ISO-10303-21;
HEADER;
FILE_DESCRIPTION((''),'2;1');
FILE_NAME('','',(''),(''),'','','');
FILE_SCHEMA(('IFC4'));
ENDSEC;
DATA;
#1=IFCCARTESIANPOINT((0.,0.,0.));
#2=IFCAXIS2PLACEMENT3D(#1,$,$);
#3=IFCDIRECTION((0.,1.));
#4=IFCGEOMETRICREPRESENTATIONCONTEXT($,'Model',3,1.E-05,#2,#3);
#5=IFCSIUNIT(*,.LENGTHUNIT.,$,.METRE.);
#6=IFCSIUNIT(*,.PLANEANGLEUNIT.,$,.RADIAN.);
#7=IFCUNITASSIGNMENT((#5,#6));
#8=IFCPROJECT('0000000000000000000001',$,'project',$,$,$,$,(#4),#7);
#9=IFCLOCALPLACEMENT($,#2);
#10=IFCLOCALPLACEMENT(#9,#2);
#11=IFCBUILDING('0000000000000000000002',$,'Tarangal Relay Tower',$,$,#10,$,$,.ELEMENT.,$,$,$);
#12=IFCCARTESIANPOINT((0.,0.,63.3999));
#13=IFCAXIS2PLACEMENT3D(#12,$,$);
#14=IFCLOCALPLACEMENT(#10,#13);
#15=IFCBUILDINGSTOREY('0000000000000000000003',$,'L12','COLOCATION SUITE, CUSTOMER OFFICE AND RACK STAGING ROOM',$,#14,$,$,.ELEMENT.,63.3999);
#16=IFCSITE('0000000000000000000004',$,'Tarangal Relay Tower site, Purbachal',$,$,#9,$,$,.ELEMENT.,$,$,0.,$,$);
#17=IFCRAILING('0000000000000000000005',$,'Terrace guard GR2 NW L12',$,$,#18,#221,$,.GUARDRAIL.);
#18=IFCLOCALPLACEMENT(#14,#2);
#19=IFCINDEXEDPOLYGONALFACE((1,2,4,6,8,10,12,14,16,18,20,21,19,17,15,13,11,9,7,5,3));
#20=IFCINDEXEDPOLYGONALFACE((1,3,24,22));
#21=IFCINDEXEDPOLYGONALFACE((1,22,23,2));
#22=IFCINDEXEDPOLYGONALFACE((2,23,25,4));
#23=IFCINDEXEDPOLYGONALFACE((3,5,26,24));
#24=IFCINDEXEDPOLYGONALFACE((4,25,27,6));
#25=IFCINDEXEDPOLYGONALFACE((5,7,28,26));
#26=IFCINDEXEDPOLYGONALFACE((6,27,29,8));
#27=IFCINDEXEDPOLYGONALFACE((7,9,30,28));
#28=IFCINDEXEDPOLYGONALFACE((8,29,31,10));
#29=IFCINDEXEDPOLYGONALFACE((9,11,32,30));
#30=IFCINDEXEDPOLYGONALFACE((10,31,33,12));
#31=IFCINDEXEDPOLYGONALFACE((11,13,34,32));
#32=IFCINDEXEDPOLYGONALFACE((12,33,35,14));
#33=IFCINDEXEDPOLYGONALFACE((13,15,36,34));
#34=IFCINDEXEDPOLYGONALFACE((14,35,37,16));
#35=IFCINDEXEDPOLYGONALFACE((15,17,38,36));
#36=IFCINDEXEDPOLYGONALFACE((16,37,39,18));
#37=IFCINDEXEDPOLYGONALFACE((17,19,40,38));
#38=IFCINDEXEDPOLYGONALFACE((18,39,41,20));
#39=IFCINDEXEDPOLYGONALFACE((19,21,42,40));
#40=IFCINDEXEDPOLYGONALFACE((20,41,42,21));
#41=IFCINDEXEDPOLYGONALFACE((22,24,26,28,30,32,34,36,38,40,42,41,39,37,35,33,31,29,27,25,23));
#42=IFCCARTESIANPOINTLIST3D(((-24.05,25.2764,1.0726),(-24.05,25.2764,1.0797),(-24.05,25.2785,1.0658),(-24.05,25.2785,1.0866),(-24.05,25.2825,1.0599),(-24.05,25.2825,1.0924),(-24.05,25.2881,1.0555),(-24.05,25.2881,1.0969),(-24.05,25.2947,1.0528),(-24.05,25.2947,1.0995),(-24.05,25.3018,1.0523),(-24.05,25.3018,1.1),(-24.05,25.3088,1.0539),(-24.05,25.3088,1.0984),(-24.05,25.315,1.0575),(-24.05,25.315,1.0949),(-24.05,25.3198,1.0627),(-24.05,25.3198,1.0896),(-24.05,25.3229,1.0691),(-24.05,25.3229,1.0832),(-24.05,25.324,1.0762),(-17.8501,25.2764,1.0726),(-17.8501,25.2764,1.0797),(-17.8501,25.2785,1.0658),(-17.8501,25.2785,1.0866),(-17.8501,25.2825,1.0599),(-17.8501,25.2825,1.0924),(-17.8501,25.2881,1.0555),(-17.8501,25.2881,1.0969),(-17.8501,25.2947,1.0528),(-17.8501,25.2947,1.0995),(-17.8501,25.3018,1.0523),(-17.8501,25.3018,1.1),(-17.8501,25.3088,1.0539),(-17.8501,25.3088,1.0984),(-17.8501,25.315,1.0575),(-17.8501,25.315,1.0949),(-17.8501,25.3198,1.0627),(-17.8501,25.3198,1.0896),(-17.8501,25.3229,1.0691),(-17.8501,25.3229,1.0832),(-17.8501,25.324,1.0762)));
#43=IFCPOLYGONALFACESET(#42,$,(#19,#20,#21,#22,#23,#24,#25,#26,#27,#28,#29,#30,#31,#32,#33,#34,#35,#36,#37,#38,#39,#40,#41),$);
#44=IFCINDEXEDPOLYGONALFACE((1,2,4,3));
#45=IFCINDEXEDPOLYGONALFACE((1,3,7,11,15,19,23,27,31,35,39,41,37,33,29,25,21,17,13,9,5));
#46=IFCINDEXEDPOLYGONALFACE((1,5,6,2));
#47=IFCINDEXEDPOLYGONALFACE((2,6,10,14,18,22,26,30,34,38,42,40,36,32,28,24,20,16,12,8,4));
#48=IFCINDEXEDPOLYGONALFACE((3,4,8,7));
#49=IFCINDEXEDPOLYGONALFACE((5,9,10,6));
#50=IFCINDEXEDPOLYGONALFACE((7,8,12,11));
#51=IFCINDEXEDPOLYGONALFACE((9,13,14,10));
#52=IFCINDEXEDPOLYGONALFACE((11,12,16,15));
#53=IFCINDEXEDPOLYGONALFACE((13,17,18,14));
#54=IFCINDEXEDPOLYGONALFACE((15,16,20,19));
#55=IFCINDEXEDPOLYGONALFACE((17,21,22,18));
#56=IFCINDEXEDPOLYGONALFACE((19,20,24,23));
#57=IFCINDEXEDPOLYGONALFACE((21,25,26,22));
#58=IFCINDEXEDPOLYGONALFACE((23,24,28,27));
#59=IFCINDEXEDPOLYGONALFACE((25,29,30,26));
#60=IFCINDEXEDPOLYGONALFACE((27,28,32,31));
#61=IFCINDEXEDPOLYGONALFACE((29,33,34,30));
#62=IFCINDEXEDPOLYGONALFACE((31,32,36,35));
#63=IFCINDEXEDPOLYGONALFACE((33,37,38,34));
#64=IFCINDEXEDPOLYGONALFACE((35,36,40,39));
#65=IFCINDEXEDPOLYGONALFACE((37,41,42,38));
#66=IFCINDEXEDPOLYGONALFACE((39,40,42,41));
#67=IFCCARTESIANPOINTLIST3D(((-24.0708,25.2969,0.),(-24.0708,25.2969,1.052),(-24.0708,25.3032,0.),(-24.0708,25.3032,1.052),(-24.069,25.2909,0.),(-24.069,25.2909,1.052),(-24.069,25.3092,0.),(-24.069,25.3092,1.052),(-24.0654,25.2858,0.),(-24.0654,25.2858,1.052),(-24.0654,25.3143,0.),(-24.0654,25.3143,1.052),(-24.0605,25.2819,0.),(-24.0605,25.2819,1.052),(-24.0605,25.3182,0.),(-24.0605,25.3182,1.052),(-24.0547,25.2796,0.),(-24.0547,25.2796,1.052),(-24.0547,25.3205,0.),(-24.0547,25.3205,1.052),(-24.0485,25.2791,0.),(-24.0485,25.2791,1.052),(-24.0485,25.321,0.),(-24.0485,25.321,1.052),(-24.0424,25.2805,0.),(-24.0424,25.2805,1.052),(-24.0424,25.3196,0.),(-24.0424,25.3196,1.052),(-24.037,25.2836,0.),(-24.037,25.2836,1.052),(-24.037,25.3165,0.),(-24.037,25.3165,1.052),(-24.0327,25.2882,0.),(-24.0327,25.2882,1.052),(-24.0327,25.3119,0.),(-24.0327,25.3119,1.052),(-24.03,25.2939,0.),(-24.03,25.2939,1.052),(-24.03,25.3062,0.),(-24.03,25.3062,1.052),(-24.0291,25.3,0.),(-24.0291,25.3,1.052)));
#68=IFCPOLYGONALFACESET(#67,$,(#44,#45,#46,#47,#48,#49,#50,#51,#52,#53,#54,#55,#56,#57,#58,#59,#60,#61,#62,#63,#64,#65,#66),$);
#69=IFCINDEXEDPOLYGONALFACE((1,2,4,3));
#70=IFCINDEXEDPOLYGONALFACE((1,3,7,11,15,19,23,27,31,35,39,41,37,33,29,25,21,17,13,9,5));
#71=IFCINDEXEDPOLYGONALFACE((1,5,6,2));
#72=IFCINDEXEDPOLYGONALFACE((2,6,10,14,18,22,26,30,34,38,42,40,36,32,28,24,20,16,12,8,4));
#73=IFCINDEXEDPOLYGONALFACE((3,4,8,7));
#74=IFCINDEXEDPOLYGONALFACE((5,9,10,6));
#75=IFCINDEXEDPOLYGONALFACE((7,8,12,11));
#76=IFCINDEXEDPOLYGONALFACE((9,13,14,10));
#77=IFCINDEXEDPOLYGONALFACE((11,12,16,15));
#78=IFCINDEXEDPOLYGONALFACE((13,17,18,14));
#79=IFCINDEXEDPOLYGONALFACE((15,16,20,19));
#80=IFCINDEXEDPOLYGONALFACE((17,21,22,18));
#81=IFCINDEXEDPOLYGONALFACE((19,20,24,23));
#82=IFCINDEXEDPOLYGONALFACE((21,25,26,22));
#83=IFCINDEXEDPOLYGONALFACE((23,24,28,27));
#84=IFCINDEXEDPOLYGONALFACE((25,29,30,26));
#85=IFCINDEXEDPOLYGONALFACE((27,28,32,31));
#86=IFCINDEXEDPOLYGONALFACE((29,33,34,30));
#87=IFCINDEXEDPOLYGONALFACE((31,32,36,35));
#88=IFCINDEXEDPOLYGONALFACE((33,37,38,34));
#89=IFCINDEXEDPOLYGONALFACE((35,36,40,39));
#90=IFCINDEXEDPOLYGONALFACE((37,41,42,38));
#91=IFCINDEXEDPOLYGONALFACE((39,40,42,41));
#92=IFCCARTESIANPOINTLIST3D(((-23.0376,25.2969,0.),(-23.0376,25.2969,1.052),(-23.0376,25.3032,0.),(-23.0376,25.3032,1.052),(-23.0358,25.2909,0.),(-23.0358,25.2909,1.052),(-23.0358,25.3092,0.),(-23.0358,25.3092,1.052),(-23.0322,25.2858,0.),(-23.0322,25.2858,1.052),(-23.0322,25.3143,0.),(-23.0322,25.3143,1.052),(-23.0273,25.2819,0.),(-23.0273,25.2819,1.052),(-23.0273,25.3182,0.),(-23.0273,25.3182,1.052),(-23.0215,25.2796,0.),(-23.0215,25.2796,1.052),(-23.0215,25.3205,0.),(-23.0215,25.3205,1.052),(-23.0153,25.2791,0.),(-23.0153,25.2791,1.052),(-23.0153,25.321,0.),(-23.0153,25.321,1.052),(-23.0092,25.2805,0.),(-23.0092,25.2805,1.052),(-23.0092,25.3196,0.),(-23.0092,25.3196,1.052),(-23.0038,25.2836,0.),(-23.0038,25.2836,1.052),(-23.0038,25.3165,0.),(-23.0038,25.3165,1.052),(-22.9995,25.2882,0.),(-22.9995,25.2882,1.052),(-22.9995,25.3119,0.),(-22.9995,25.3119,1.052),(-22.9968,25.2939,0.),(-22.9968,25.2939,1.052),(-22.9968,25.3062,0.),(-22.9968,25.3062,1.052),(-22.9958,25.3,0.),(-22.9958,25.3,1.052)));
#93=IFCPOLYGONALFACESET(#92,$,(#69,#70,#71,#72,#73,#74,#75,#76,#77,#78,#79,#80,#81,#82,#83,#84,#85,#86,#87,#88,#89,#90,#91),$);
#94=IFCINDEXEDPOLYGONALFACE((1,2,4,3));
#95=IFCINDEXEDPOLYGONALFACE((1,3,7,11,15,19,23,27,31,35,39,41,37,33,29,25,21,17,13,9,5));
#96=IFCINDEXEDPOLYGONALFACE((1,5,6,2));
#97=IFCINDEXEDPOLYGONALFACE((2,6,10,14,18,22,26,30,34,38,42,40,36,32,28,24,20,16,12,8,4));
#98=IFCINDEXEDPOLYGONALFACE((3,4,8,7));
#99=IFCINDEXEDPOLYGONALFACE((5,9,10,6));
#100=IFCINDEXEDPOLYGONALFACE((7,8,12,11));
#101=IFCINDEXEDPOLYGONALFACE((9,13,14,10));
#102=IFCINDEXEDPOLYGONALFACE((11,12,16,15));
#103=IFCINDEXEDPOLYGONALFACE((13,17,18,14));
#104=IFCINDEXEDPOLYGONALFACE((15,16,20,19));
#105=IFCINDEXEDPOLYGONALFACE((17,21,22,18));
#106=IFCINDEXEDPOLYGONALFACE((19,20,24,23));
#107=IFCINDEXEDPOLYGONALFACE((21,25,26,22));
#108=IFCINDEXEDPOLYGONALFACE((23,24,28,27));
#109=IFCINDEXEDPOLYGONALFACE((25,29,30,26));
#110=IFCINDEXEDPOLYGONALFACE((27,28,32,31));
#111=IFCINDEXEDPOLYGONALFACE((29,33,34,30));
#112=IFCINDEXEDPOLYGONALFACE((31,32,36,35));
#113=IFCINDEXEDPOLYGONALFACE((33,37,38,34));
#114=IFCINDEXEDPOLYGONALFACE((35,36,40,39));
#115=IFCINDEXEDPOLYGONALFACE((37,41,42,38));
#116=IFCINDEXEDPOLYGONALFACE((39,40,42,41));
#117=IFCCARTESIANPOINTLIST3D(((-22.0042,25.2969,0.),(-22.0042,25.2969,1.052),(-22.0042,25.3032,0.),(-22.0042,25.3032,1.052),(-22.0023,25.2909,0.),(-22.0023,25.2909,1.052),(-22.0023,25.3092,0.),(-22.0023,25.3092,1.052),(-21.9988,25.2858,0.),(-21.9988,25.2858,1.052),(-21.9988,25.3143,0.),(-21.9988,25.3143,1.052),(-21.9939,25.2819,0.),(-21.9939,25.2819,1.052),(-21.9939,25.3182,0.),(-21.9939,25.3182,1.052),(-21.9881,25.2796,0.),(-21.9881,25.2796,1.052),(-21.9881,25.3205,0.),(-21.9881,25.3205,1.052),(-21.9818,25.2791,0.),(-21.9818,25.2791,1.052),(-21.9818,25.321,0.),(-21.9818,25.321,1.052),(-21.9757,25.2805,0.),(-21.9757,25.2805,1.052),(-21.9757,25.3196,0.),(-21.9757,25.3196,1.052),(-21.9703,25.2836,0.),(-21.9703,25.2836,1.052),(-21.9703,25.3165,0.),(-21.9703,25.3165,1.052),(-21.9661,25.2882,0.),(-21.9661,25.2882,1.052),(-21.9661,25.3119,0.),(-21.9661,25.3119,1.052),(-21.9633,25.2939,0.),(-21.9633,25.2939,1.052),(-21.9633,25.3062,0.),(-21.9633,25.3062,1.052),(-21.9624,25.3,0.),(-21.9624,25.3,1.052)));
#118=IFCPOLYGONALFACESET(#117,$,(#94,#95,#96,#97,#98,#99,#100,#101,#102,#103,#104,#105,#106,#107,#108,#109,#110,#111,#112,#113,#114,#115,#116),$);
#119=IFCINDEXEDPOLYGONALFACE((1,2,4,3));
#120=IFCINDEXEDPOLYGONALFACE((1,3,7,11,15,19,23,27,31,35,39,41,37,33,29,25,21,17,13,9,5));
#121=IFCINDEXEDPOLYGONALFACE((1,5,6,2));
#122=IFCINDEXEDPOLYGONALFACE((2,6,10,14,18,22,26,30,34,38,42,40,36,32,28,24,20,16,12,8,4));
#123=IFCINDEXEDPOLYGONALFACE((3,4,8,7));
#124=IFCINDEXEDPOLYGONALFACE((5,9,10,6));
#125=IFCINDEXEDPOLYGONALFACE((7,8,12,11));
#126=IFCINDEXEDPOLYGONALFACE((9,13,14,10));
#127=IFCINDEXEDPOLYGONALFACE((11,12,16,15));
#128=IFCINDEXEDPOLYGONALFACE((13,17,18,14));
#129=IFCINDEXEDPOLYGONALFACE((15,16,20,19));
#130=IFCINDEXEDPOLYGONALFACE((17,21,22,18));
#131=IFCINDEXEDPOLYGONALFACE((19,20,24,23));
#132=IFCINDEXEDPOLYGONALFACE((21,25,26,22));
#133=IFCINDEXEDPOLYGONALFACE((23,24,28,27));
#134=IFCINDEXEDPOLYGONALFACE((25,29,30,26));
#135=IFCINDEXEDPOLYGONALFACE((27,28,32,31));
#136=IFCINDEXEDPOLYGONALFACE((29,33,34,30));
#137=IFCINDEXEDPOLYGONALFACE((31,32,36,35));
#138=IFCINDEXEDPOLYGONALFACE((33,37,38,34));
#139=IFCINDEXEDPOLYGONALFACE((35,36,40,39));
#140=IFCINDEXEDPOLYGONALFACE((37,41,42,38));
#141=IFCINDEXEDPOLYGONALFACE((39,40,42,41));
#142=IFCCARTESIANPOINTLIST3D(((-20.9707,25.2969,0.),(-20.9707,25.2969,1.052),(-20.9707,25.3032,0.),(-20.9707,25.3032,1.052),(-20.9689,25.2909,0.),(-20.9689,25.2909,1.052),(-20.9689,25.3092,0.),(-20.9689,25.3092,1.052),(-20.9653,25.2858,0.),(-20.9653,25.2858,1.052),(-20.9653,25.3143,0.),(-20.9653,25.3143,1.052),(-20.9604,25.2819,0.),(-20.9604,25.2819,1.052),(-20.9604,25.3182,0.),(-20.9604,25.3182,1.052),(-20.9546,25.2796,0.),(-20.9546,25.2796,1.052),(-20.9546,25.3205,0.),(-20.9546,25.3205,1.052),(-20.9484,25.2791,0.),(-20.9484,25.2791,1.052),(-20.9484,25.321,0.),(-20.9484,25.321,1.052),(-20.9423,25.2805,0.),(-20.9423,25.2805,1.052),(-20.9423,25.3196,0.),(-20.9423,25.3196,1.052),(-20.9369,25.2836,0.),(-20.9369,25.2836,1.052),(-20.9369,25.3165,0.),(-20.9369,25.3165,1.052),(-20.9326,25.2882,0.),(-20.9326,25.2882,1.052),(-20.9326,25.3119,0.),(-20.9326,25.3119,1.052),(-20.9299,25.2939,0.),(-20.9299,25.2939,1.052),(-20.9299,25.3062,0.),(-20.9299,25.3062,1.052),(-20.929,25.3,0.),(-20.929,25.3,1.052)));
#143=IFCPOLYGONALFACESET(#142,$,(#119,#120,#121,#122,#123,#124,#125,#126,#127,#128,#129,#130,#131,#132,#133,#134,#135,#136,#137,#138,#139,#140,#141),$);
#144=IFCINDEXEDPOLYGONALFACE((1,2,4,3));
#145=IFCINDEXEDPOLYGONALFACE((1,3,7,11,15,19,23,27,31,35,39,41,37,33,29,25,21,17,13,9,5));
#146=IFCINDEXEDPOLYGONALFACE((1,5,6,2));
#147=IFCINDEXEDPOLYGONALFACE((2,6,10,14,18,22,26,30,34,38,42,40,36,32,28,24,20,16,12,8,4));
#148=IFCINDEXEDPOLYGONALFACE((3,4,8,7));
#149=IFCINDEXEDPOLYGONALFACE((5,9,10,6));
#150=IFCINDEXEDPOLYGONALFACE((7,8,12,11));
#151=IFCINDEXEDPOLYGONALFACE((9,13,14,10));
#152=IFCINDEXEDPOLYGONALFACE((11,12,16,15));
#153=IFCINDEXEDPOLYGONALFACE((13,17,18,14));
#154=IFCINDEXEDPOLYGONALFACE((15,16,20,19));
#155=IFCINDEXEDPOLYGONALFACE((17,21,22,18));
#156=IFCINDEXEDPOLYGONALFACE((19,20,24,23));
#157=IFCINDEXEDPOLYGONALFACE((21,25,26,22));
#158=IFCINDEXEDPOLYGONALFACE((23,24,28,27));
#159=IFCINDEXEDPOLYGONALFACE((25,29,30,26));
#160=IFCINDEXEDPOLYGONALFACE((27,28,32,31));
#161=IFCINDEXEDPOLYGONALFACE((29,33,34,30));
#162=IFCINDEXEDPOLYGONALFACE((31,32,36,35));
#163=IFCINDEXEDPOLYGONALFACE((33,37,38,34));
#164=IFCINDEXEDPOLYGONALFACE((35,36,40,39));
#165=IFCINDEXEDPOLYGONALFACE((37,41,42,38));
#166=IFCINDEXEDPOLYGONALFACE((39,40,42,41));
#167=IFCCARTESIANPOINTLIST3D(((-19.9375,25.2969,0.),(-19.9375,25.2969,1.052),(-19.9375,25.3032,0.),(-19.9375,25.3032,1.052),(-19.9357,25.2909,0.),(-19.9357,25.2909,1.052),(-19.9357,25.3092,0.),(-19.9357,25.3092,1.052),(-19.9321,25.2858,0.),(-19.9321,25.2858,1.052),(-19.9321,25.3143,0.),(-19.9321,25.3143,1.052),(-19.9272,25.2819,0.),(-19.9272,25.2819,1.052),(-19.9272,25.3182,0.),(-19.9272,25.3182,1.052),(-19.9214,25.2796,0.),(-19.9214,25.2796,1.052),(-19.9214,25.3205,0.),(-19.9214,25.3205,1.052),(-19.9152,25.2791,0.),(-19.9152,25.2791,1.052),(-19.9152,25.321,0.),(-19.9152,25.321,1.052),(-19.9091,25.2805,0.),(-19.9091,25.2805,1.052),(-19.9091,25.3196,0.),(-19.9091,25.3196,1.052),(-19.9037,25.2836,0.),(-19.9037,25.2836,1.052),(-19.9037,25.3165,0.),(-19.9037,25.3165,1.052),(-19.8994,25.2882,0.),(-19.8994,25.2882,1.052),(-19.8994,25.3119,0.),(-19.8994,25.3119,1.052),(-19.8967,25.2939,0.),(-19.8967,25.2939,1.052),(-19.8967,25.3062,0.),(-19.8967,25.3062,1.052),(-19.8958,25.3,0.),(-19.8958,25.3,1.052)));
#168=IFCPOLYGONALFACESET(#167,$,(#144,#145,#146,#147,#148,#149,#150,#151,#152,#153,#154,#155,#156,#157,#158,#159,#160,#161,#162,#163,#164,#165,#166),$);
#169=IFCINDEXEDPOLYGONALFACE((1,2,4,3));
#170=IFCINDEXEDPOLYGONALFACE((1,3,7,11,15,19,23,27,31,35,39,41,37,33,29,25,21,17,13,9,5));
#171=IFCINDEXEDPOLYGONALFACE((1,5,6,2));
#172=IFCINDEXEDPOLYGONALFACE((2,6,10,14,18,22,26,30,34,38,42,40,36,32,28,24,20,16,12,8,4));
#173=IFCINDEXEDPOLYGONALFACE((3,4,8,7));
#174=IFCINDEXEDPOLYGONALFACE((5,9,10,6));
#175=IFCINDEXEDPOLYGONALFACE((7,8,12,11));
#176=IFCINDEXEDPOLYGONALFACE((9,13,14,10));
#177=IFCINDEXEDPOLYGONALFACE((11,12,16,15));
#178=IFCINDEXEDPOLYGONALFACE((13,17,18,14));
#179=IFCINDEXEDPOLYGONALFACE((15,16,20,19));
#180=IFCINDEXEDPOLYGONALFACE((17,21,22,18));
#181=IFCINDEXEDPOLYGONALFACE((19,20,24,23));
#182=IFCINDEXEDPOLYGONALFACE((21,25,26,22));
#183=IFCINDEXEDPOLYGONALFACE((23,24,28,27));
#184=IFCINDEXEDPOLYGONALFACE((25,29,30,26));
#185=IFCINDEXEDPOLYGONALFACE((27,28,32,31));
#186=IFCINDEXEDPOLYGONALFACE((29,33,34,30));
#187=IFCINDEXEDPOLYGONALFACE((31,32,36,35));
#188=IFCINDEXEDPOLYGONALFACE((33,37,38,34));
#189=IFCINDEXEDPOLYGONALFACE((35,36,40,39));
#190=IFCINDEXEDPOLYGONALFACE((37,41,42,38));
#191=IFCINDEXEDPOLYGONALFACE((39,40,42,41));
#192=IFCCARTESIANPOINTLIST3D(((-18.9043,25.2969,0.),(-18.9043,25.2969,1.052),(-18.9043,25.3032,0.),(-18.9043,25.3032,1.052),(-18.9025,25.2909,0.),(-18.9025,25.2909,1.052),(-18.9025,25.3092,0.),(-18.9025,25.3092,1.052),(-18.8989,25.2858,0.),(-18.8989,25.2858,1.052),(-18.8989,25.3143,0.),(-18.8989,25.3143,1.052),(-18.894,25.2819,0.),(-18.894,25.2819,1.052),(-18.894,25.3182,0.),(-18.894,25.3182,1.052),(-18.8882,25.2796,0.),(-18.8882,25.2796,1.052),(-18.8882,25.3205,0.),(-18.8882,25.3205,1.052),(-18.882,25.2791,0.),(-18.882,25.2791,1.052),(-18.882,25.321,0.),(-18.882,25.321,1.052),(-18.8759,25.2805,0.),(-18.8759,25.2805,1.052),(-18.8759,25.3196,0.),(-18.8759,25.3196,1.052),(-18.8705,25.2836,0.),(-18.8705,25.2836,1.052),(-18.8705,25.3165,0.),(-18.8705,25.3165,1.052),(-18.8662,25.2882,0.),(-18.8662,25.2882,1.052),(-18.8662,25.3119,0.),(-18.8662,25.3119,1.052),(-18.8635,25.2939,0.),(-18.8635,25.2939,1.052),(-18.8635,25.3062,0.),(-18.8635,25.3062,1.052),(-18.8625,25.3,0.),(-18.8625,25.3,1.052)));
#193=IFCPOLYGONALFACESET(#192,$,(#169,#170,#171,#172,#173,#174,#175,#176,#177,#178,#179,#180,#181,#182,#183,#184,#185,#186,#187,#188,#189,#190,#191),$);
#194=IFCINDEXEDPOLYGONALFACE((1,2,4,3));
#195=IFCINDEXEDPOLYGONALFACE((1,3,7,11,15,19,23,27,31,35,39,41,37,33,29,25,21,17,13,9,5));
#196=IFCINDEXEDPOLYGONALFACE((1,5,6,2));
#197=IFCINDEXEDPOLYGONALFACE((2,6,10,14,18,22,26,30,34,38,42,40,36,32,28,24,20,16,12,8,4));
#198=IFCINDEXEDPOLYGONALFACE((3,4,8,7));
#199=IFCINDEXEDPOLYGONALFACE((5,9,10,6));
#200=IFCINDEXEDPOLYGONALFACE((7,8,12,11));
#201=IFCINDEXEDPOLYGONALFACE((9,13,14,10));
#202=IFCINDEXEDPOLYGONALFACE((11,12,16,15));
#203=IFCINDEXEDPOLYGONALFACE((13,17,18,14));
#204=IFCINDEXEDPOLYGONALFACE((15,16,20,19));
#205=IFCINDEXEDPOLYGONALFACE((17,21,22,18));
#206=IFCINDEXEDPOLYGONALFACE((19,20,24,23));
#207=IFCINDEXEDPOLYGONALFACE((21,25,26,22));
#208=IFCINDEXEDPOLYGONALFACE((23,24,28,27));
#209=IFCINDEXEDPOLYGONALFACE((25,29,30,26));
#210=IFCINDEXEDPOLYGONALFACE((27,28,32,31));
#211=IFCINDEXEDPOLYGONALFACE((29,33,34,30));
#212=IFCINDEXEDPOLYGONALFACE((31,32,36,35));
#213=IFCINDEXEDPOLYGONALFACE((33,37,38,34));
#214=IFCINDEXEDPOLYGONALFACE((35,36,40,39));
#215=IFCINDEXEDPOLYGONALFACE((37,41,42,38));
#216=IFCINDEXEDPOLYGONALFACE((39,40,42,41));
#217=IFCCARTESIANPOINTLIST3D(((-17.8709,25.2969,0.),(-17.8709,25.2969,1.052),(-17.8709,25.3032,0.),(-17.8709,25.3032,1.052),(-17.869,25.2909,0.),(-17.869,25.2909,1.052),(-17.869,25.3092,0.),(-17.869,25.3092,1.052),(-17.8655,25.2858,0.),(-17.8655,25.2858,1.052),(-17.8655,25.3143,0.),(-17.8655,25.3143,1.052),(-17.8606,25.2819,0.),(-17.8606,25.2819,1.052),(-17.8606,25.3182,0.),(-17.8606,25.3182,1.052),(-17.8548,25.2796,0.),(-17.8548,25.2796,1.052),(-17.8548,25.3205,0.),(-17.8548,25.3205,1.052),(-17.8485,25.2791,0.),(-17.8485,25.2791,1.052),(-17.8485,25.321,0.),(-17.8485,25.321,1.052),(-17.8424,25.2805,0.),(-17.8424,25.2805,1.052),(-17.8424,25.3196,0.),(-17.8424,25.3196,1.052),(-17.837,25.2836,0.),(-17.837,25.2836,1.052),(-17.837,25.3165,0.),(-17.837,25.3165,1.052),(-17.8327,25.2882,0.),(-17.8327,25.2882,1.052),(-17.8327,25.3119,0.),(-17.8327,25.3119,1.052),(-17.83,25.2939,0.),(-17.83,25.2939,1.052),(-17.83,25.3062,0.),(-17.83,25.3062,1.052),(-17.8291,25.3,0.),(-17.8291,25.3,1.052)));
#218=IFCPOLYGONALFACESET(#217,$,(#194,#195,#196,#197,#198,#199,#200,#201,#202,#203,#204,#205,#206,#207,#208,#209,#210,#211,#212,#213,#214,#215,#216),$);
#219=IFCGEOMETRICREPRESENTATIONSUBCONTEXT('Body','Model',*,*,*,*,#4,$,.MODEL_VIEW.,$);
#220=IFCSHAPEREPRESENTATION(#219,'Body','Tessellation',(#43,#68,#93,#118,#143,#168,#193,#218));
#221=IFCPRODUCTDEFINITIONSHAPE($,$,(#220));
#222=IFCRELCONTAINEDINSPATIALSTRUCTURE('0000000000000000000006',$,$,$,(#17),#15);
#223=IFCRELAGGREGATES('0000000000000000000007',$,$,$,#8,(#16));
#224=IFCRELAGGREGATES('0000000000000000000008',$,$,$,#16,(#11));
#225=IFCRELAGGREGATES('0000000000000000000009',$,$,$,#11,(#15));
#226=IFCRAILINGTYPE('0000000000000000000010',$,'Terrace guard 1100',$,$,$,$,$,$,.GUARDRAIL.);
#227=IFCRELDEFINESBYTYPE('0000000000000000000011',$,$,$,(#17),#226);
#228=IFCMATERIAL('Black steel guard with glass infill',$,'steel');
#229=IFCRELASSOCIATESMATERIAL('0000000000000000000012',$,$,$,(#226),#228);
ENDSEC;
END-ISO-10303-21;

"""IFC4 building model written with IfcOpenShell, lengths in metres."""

from ifc_helpers import new_model, si_unit, direction, frame, origin, origin_2d, place, context, subcontext, project, spatial, circle, extrude, material, type_object, element, save


model = new_model("IFC4")

# Units and contexts
model_context = context("Model", 3, precision=1e-05, world=origin(), true_north=direction((0.0, 1.0)))
body_context = subcontext(model_context, "Body", "Model", "MODEL_VIEW")
ifc_project = project(units=[si_unit("LENGTHUNIT", "METRE"), si_unit("PLANEANGLEUNIT", "RADIAN")], contexts=[model_context])

# Site, building, storey
site_placement = place(None, origin())
site = spatial("IfcSite", under=ifc_project, at=site_placement, Name="Tarangal Relay Tower site, Purbachal", CompositionType="ELEMENT", RefElevation=0.0)
building_placement = place(site_placement, origin())
building = spatial("IfcBuilding", under=site, at=building_placement, Name="Tarangal Relay Tower", CompositionType="ELEMENT")
storey_placement = place(building_placement, frame((0.0, 0.0, 63.3999)))
storey = spatial("IfcBuildingStorey", under=building, at=storey_placement, Name="L12", Description="COLOCATION SUITE, CUSTOMER OFFICE AND RACK STAGING ROOM", CompositionType="ELEMENT", Elevation=63.3999)

# Railing
ifc_material_1 = material(Name="Black steel guard with glass infill", Category="steel")
railing_type = type_object("IfcRailingType", Name="Terrace guard 1100", PredefinedType="GUARDRAIL", material=ifc_material_1)
railing_1_placement = place(storey_placement, frame((-24.05, 25.3, 0.0)))
element("IfcRailing", 1, at=railing_1_placement, inside=storey, type_object=railing_type, Name="Terrace guard GR2 NW L12", PredefinedType="GUARDRAIL", context=body_context, shape_type="SweptSolid", body=[
    extrude(circle(Radius=0.0239, at=origin_2d()), frame((0.0, 0.0, 1.0762), z_axis=(1.0, 0.0, 0.0), x_axis=(0.0, 1.0, 0.0)), (0.0, 0.0, 1.0), 6.2),
    extrude(circle(Radius=0.021, at=origin_2d()), origin(), (0.0, 0.0, 1.0), 1.052),
    extrude(circle(Radius=0.021, at=origin_2d()), frame((1.0332, 0.0, 0.0)), (0.0, 0.0, 1.0), 1.052),
    extrude(circle(Radius=0.021, at=origin_2d()), frame((2.0667, 0.0, 0.0)), (0.0, 0.0, 1.0), 1.052),
    extrude(circle(Radius=0.021, at=origin_2d()), frame((3.1001, 0.0, 0.0)), (0.0, 0.0, 1.0), 1.052),
    extrude(circle(Radius=0.021, at=origin_2d()), frame((4.1333, 0.0, 0.0)), (0.0, 0.0, 1.0), 1.052),
    extrude(circle(Radius=0.021, at=origin_2d()), frame((5.1665, 0.0, 0.0)), (0.0, 0.0, 1.0), 1.052),
    extrude(circle(Radius=0.021, at=origin_2d()), frame((6.2, 0.0, 0.0)), (0.0, 0.0, 1.0), 1.052),
])

save(model, "model.ifc")
